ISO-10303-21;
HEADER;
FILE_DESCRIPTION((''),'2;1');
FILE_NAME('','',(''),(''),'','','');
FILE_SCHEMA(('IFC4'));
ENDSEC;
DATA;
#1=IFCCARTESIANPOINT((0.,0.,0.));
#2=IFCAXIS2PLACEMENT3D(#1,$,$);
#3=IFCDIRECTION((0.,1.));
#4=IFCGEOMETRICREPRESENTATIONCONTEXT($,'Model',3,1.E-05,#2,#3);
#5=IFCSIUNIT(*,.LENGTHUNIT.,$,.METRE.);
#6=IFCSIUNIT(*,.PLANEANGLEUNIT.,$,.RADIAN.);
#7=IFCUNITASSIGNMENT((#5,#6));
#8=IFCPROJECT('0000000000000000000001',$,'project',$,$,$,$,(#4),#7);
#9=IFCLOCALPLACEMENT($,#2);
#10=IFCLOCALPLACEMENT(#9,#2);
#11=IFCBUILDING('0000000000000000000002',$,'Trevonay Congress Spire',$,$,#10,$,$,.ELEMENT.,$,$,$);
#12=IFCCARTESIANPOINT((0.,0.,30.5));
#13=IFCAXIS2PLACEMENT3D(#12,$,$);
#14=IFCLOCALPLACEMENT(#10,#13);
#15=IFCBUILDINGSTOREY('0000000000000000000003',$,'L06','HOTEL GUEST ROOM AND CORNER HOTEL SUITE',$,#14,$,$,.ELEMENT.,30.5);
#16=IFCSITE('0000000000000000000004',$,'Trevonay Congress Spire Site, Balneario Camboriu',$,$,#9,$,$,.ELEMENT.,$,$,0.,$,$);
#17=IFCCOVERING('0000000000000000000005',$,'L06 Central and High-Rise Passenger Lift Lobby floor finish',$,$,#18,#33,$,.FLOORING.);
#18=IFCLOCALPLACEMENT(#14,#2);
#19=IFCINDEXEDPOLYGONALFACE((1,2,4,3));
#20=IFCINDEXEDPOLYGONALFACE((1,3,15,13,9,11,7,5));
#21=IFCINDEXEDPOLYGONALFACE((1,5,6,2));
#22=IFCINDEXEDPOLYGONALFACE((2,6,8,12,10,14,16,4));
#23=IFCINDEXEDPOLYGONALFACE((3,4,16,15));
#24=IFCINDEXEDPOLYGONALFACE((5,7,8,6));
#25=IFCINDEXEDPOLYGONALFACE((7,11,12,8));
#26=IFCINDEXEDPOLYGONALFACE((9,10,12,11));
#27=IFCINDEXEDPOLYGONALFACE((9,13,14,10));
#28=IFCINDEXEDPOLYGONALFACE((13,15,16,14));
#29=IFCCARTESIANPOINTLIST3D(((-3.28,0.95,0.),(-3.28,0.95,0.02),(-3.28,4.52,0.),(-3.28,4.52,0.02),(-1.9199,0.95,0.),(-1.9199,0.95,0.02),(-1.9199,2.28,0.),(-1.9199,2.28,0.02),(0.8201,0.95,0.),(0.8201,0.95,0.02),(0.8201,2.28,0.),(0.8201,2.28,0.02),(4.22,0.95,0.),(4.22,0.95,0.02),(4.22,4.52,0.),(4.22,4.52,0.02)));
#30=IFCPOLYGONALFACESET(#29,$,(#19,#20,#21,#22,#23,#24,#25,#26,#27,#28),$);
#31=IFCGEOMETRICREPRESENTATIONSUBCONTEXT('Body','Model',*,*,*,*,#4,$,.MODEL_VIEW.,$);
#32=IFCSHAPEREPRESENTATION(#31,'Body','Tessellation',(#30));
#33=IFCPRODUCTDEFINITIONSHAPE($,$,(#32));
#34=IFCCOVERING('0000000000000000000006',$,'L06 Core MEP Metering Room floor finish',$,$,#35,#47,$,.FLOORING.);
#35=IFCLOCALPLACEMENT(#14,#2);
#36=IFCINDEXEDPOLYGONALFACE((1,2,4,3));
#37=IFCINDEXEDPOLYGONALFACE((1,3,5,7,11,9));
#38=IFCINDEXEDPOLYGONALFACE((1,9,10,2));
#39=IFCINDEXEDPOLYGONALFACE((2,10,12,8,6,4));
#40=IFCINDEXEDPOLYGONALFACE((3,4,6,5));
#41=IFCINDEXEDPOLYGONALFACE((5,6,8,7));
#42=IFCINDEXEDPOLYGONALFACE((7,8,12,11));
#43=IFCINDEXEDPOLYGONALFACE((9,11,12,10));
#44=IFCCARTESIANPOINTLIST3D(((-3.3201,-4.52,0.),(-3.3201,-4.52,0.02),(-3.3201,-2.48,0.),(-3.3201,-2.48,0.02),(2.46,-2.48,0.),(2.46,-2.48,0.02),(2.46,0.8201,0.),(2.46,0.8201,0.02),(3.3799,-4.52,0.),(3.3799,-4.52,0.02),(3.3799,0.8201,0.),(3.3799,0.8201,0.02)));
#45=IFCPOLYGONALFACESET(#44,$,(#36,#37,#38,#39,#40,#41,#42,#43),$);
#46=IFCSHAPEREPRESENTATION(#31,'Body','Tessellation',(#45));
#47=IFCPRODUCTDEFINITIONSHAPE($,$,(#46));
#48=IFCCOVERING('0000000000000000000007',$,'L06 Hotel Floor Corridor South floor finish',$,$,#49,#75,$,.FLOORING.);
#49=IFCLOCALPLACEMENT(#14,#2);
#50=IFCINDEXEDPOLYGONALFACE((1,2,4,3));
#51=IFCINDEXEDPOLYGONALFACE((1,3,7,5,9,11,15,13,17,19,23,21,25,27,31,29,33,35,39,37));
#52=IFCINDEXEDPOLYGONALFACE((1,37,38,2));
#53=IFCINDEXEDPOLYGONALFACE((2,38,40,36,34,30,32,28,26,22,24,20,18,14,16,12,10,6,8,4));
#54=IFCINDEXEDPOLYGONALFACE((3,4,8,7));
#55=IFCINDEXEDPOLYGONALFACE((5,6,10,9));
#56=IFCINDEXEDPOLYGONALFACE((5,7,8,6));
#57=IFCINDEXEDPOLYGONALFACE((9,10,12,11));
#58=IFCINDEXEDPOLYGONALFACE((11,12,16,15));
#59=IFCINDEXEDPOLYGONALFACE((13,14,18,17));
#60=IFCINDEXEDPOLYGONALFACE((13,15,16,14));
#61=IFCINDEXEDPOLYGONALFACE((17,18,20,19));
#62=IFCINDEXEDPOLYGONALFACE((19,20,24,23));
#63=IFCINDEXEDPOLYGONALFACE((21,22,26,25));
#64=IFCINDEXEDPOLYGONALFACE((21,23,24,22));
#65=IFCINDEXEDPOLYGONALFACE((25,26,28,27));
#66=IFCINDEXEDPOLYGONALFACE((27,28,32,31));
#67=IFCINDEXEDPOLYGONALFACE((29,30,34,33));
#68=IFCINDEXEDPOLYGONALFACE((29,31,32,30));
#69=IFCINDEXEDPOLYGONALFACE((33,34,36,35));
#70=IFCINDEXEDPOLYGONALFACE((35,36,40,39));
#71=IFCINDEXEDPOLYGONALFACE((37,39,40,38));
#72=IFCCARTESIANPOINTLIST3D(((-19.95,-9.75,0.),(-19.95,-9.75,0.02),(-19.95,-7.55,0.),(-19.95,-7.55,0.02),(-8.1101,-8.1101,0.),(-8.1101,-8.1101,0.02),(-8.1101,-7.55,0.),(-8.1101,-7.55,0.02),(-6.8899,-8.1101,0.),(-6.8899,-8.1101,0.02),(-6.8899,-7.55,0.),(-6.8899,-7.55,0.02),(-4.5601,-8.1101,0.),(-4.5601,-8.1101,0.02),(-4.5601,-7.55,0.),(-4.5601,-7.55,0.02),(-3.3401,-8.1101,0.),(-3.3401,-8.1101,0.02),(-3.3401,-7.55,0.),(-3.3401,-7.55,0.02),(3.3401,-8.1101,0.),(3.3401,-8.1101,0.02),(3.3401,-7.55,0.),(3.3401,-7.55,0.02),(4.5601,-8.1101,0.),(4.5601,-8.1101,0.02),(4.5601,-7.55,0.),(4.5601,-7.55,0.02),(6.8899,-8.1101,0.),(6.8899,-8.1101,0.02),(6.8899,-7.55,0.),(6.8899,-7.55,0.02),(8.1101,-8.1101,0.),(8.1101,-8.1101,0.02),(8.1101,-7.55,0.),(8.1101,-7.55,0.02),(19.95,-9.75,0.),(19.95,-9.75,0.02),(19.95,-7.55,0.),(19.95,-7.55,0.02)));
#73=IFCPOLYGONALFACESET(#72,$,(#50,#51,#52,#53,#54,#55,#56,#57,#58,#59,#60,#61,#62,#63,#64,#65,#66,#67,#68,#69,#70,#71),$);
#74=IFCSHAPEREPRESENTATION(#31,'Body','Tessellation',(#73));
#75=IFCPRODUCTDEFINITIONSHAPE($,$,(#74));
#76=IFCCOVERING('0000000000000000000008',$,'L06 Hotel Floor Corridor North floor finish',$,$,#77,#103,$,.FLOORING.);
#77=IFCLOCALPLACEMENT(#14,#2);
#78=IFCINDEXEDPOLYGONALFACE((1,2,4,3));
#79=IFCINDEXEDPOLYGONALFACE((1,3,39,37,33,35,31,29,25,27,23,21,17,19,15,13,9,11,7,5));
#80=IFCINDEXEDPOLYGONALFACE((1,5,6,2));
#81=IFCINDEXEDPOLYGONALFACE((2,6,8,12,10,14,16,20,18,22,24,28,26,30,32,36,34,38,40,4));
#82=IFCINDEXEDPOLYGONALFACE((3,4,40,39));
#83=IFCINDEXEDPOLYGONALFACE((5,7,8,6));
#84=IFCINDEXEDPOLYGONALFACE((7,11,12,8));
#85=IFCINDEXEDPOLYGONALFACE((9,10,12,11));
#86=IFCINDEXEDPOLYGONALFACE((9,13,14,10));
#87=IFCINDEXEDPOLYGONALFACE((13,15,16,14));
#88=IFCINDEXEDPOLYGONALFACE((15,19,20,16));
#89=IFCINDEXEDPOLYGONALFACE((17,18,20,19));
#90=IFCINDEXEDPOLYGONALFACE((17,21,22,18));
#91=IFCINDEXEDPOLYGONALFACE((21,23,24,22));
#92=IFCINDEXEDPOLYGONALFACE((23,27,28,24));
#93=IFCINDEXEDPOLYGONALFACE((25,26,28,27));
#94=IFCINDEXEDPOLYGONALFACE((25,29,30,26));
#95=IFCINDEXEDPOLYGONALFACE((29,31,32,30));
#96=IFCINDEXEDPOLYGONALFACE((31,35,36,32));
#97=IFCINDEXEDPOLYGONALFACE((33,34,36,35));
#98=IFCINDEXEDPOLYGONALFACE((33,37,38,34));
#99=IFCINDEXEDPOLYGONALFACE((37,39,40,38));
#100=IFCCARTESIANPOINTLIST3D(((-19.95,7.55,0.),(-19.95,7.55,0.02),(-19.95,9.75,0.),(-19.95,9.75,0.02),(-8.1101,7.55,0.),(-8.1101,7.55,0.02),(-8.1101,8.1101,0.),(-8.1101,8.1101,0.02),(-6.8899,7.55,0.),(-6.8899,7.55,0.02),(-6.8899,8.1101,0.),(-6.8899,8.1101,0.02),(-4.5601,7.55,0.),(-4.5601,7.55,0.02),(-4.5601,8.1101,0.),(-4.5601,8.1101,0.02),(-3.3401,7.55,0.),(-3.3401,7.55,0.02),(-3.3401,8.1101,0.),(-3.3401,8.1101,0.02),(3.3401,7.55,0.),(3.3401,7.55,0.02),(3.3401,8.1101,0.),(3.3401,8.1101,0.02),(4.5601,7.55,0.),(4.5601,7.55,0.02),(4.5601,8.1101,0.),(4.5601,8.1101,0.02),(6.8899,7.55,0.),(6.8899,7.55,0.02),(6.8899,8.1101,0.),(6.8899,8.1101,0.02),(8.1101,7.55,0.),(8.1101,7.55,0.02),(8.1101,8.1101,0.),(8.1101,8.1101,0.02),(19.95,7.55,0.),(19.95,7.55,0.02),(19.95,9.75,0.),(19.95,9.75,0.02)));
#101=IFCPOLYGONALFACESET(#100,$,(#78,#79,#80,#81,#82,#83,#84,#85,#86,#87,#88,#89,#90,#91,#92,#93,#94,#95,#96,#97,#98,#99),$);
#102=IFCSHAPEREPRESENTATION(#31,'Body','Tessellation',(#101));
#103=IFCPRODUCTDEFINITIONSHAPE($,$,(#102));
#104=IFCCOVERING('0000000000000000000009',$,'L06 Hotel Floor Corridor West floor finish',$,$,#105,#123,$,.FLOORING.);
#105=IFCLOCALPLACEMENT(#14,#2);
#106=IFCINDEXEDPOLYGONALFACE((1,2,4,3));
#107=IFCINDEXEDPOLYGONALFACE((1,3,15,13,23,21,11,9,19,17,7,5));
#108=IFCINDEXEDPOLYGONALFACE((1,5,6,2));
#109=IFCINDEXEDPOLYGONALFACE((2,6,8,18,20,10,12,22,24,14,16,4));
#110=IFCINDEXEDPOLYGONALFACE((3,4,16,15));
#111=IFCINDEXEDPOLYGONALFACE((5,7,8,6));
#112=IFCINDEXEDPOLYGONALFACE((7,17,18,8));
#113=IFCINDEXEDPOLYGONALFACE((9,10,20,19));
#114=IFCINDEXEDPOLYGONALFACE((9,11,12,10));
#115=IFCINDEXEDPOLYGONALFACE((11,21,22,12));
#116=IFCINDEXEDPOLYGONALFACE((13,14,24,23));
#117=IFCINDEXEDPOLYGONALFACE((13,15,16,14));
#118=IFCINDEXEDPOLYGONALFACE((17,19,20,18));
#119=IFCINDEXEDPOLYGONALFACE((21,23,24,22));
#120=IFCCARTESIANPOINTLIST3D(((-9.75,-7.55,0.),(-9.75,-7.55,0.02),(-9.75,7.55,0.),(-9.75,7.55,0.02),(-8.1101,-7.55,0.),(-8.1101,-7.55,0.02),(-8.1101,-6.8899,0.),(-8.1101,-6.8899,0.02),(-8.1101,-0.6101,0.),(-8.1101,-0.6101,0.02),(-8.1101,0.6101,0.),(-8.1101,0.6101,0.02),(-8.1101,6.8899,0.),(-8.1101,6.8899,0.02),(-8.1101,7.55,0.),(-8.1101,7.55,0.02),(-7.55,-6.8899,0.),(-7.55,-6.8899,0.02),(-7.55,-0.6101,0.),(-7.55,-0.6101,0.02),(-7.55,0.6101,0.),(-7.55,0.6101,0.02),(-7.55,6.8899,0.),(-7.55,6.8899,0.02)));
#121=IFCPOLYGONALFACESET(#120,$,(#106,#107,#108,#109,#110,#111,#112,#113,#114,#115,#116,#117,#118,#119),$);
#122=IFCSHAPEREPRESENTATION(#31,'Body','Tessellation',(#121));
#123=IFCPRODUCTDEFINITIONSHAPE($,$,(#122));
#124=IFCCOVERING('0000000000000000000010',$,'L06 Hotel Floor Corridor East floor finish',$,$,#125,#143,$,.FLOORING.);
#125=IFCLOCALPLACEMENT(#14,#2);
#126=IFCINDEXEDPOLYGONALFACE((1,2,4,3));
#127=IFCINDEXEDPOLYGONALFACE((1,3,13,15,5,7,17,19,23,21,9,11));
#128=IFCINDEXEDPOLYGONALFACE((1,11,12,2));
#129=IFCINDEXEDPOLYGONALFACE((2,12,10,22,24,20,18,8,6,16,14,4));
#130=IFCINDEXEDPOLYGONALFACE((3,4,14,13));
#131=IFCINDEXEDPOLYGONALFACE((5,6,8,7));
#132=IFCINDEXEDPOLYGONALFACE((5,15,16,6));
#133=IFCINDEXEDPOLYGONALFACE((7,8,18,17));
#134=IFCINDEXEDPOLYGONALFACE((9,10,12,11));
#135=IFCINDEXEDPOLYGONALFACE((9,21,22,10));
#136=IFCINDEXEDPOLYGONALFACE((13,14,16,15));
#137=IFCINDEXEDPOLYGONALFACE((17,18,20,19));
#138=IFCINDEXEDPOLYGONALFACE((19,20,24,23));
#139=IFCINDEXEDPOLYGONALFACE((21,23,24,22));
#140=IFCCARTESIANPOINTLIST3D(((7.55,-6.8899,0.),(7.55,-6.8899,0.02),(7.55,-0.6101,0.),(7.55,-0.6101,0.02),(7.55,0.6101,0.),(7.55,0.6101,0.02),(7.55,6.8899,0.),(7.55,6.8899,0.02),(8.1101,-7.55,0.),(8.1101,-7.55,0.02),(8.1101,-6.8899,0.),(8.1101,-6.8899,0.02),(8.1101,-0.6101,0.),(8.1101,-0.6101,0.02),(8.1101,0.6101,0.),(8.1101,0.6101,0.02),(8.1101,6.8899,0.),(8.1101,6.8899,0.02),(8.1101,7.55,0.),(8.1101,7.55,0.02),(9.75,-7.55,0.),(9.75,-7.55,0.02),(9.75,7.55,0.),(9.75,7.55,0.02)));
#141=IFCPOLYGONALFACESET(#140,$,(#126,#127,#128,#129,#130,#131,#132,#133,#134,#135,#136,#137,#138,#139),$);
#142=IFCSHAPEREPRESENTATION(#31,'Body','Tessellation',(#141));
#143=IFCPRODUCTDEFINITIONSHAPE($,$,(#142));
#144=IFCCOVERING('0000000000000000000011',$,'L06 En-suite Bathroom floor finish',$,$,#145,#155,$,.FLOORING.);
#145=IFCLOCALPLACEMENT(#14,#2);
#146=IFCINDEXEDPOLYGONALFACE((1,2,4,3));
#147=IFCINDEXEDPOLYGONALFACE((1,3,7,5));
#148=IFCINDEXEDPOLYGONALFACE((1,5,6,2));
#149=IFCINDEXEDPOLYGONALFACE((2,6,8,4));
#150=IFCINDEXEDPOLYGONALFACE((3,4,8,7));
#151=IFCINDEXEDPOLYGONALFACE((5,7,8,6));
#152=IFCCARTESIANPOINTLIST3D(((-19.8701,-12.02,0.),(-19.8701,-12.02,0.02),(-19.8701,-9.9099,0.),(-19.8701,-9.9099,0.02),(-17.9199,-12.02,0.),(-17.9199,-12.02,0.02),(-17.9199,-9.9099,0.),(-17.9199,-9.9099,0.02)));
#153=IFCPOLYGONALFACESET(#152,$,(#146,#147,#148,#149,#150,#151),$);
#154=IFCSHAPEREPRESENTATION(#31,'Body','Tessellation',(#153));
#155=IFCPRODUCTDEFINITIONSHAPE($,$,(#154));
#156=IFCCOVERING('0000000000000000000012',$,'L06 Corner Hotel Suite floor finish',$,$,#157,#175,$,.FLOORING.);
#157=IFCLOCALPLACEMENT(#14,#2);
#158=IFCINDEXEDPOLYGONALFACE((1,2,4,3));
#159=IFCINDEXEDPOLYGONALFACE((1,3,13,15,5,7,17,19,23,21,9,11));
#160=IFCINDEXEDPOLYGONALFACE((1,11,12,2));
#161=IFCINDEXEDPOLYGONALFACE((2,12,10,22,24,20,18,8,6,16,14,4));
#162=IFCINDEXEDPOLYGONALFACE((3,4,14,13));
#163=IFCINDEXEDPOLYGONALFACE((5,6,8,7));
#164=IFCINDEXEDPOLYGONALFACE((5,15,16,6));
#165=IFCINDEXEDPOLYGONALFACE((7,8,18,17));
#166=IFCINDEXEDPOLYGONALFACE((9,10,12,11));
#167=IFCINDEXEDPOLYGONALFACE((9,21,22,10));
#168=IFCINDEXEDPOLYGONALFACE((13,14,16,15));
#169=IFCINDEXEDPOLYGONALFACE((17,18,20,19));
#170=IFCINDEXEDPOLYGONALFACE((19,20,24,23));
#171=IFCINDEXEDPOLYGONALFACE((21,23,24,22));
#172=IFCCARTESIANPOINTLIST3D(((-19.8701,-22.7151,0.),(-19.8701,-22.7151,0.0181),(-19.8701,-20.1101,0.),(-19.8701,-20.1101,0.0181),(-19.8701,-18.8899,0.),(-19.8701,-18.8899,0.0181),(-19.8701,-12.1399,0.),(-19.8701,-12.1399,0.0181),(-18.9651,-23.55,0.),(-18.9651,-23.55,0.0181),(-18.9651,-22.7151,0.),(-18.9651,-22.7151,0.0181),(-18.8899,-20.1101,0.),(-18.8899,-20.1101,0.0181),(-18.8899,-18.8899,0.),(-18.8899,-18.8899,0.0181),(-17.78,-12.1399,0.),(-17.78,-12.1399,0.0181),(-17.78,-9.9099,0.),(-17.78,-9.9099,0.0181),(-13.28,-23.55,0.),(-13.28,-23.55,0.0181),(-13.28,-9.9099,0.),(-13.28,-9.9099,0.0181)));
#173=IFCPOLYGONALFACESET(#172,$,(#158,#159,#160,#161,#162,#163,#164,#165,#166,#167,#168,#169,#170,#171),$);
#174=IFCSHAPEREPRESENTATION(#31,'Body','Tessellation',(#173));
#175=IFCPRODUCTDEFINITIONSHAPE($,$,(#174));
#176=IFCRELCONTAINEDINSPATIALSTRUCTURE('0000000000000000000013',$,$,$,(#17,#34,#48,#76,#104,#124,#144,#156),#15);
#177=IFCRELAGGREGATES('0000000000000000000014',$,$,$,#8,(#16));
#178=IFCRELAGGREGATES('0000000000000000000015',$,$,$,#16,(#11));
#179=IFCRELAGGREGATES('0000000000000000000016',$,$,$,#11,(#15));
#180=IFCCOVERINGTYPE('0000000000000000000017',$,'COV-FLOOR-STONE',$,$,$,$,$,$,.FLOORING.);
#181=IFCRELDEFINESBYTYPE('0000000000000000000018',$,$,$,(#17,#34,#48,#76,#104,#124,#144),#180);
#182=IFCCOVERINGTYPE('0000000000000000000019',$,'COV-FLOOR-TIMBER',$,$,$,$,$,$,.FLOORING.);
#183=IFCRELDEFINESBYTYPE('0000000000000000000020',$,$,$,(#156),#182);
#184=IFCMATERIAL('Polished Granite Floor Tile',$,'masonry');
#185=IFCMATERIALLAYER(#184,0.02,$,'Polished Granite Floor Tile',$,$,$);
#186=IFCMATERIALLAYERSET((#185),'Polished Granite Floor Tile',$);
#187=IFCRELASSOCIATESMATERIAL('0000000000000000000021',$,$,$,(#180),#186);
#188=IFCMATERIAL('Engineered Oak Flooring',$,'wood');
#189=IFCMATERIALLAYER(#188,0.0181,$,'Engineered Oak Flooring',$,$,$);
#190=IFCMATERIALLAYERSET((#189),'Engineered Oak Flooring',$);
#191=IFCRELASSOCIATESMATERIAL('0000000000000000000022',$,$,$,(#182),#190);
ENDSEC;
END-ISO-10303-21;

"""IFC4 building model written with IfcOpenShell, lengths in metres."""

from ifc_helpers import new_model, si_unit, direction, frame, origin, place, context, subcontext, project, spatial, polyline, outline, extrude, material, layer, layer_set, type_object, element, save


model = new_model("IFC4")

# Units and contexts
model_context = context("Model", 3, precision=1e-05, world=origin(), true_north=direction((0.0, 1.0)))
body_context = subcontext(model_context, "Body", "Model", "MODEL_VIEW")
ifc_project = project(units=[si_unit("LENGTHUNIT", "METRE"), si_unit("PLANEANGLEUNIT", "RADIAN")], contexts=[model_context])

# Site, building, storey
site_placement = place(None, origin())
site = spatial("IfcSite", under=ifc_project, at=site_placement, Name="Trevonay Congress Spire Site, Balneario Camboriu", CompositionType="ELEMENT", RefElevation=0.0)
building_placement = place(site_placement, origin())
building = spatial("IfcBuilding", under=site, at=building_placement, Name="Trevonay Congress Spire", CompositionType="ELEMENT")
storey_placement = place(building_placement, frame((0.0, 0.0, 30.5)))
storey = spatial("IfcBuildingStorey", under=building, at=storey_placement, Name="L06", Description="HOTEL GUEST ROOM AND CORNER HOTEL SUITE", CompositionType="ELEMENT", Elevation=30.5)

# Coverings
ifc_material_1 = material(Name="Polished Granite Floor Tile", Category="masonry")
ifc_layer_1 = layer(ifc_material_1, 0.02, Name="Polished Granite Floor Tile")
ifc_layer_set_1 = layer_set([ifc_layer_1], Name="Polished Granite Floor Tile")
covering_type_1 = type_object("IfcCoveringType", Name="COV-FLOOR-STONE", PredefinedType="FLOORING", material=ifc_layer_set_1)
covering_1_placement = place(storey_placement, origin())
element("IfcCovering", 1, at=covering_1_placement, inside=storey, type_object=covering_type_1, Name="L06 Central and High-Rise Passenger Lift Lobby floor finish", PredefinedType="FLOORING", context=body_context, shape_type="SweptSolid", body=[
    extrude(outline(polyline([(-3.28, 0.95), (-1.9199, 0.95), (-1.9199, 2.28), (0.8201, 2.28), (0.8201, 0.95), (4.22, 0.95), (4.22, 4.52), (-3.28, 4.52), (-3.28, 0.95)])), origin(), (0.0, 0.0, 1.0), 0.02),
])
covering_2_placement = place(storey_placement, origin())
element("IfcCovering", 2, at=covering_2_placement, inside=storey, type_object=covering_type_1, Name="L06 Core MEP Metering Room floor finish", PredefinedType="FLOORING", context=body_context, shape_type="SweptSolid", body=[
    extrude(outline(polyline([(-3.3201, -4.52), (3.3799, -4.52), (3.3799, 0.8201), (2.46, 0.8201), (2.46, -2.48), (-3.3201, -2.48), (-3.3201, -4.52)])), origin(), (0.0, 0.0, 1.0), 0.02),
])
covering_3_placement = place(storey_placement, origin())
element("IfcCovering", 3, at=covering_3_placement, inside=storey, type_object=covering_type_1, Name="L06 Hotel Floor Corridor South floor finish", PredefinedType="FLOORING", context=body_context, shape_type="SweptSolid", body=[
    extrude(outline(polyline([(19.95, -7.55), (19.95, -9.75), (-19.95, -9.75), (-19.95, -7.55), (-8.1101, -7.55), (-8.1101, -8.1101), (-6.8899, -8.1101), (-6.8899, -7.55), (-4.5601, -7.55), (-4.5601, -8.1101), (-3.3401, -8.1101), (-3.3401, -7.55), (3.3401, -7.55), (3.3401, -8.1101), (4.5601, -8.1101), (4.5601, -7.55), (6.8899, -7.55), (6.8899, -8.1101), (8.1101, -8.1101), (8.1101, -7.55), (19.95, -7.55)])), origin(), (0.0, 0.0, 1.0), 0.02),
])
covering_4_placement = place(storey_placement, origin())
element("IfcCovering", 4, at=covering_4_placement, inside=storey, type_object=covering_type_1, Name="L06 Hotel Floor Corridor North floor finish", PredefinedType="FLOORING", context=body_context, shape_type="SweptSolid", body=[
    extrude(outline(polyline([(-19.95, 7.55), (-19.95, 9.75), (19.95, 9.75), (19.95, 7.55), (8.1101, 7.55), (8.1101, 8.1101), (6.8899, 8.1101), (6.8899, 7.55), (4.5601, 7.55), (4.5601, 8.1101), (3.3401, 8.1101), (3.3401, 7.55), (-3.3401, 7.55), (-3.3401, 8.1101), (-4.5601, 8.1101), (-4.5601, 7.55), (-6.8899, 7.55), (-6.8899, 8.1101), (-8.1101, 8.1101), (-8.1101, 7.55), (-19.95, 7.55)])), origin(), (0.0, 0.0, 1.0), 0.02),
])
covering_5_placement = place(storey_placement, origin())
element("IfcCovering", 5, at=covering_5_placement, inside=storey, type_object=covering_type_1, Name="L06 Hotel Floor Corridor West floor finish", PredefinedType="FLOORING", context=body_context, shape_type="SweptSolid", body=[
    extrude(outline(polyline([(-9.75, 7.55), (-8.1101, 7.55), (-8.1101, 6.8899), (-7.55, 6.8899), (-7.55, 0.6101), (-8.1101, 0.6101), (-8.1101, -0.6101), (-7.55, -0.6101), (-7.55, -6.8899), (-8.1101, -6.8899), (-8.1101, -7.55), (-9.75, -7.55), (-9.75, 7.55)])), origin(), (0.0, 0.0, 1.0), 0.02),
])
covering_6_placement = place(storey_placement, origin())
element("IfcCovering", 6, at=covering_6_placement, inside=storey, type_object=covering_type_1, Name="L06 Hotel Floor Corridor East floor finish", PredefinedType="FLOORING", context=body_context, shape_type="SweptSolid", body=[
    extrude(outline(polyline([(9.75, -7.55), (8.1101, -7.55), (8.1101, -6.8899), (7.55, -6.8899), (7.55, -0.6101), (8.1101, -0.6101), (8.1101, 0.6101), (7.55, 0.6101), (7.55, 6.8899), (8.1101, 6.8899), (8.1101, 7.55), (9.75, 7.55), (9.75, -7.55)])), origin(), (0.0, 0.0, 1.0), 0.02),
])
covering_7_placement = place(storey_placement, origin())
element("IfcCovering", 7, at=covering_7_placement, inside=storey, type_object=covering_type_1, Name="L06 En-suite Bathroom floor finish", PredefinedType="FLOORING", context=body_context, shape_type="SweptSolid", body=[
    extrude(outline(polyline([(-19.8701, -12.02), (-17.9199, -12.02), (-17.9199, -9.9099), (-19.8701, -9.9099), (-19.8701, -12.02)])), origin(), (0.0, 0.0, 1.0), 0.02),
])
ifc_material_2 = material(Name="Engineered Oak Flooring", Category="wood")
ifc_layer_2 = layer(ifc_material_2, 0.0181, Name="Engineered Oak Flooring")
ifc_layer_set_2 = layer_set([ifc_layer_2], Name="Engineered Oak Flooring")
covering_type_2 = type_object("IfcCoveringType", Name="COV-FLOOR-TIMBER", PredefinedType="FLOORING", material=ifc_layer_set_2)
covering_8_placement = place(storey_placement, origin())
element("IfcCovering", 8, at=covering_8_placement, inside=storey, type_object=covering_type_2, Name="L06 Corner Hotel Suite floor finish", PredefinedType="FLOORING", context=body_context, shape_type="SweptSolid", body=[
    extrude(outline(polyline([(-19.8701, -12.1399), (-17.78, -12.1399), (-17.78, -9.9099), (-13.28, -9.9099), (-13.28, -23.55), (-18.9651, -23.55), (-18.9651, -22.7151), (-19.8701, -22.7151), (-19.8701, -20.1101), (-18.8899, -20.1101), (-18.8899, -18.8899), (-19.8701, -18.8899), (-19.8701, -12.1399)])), origin(), (0.0, 0.0, 1.0), 0.0181),
])

save(model, "model.ifc")
